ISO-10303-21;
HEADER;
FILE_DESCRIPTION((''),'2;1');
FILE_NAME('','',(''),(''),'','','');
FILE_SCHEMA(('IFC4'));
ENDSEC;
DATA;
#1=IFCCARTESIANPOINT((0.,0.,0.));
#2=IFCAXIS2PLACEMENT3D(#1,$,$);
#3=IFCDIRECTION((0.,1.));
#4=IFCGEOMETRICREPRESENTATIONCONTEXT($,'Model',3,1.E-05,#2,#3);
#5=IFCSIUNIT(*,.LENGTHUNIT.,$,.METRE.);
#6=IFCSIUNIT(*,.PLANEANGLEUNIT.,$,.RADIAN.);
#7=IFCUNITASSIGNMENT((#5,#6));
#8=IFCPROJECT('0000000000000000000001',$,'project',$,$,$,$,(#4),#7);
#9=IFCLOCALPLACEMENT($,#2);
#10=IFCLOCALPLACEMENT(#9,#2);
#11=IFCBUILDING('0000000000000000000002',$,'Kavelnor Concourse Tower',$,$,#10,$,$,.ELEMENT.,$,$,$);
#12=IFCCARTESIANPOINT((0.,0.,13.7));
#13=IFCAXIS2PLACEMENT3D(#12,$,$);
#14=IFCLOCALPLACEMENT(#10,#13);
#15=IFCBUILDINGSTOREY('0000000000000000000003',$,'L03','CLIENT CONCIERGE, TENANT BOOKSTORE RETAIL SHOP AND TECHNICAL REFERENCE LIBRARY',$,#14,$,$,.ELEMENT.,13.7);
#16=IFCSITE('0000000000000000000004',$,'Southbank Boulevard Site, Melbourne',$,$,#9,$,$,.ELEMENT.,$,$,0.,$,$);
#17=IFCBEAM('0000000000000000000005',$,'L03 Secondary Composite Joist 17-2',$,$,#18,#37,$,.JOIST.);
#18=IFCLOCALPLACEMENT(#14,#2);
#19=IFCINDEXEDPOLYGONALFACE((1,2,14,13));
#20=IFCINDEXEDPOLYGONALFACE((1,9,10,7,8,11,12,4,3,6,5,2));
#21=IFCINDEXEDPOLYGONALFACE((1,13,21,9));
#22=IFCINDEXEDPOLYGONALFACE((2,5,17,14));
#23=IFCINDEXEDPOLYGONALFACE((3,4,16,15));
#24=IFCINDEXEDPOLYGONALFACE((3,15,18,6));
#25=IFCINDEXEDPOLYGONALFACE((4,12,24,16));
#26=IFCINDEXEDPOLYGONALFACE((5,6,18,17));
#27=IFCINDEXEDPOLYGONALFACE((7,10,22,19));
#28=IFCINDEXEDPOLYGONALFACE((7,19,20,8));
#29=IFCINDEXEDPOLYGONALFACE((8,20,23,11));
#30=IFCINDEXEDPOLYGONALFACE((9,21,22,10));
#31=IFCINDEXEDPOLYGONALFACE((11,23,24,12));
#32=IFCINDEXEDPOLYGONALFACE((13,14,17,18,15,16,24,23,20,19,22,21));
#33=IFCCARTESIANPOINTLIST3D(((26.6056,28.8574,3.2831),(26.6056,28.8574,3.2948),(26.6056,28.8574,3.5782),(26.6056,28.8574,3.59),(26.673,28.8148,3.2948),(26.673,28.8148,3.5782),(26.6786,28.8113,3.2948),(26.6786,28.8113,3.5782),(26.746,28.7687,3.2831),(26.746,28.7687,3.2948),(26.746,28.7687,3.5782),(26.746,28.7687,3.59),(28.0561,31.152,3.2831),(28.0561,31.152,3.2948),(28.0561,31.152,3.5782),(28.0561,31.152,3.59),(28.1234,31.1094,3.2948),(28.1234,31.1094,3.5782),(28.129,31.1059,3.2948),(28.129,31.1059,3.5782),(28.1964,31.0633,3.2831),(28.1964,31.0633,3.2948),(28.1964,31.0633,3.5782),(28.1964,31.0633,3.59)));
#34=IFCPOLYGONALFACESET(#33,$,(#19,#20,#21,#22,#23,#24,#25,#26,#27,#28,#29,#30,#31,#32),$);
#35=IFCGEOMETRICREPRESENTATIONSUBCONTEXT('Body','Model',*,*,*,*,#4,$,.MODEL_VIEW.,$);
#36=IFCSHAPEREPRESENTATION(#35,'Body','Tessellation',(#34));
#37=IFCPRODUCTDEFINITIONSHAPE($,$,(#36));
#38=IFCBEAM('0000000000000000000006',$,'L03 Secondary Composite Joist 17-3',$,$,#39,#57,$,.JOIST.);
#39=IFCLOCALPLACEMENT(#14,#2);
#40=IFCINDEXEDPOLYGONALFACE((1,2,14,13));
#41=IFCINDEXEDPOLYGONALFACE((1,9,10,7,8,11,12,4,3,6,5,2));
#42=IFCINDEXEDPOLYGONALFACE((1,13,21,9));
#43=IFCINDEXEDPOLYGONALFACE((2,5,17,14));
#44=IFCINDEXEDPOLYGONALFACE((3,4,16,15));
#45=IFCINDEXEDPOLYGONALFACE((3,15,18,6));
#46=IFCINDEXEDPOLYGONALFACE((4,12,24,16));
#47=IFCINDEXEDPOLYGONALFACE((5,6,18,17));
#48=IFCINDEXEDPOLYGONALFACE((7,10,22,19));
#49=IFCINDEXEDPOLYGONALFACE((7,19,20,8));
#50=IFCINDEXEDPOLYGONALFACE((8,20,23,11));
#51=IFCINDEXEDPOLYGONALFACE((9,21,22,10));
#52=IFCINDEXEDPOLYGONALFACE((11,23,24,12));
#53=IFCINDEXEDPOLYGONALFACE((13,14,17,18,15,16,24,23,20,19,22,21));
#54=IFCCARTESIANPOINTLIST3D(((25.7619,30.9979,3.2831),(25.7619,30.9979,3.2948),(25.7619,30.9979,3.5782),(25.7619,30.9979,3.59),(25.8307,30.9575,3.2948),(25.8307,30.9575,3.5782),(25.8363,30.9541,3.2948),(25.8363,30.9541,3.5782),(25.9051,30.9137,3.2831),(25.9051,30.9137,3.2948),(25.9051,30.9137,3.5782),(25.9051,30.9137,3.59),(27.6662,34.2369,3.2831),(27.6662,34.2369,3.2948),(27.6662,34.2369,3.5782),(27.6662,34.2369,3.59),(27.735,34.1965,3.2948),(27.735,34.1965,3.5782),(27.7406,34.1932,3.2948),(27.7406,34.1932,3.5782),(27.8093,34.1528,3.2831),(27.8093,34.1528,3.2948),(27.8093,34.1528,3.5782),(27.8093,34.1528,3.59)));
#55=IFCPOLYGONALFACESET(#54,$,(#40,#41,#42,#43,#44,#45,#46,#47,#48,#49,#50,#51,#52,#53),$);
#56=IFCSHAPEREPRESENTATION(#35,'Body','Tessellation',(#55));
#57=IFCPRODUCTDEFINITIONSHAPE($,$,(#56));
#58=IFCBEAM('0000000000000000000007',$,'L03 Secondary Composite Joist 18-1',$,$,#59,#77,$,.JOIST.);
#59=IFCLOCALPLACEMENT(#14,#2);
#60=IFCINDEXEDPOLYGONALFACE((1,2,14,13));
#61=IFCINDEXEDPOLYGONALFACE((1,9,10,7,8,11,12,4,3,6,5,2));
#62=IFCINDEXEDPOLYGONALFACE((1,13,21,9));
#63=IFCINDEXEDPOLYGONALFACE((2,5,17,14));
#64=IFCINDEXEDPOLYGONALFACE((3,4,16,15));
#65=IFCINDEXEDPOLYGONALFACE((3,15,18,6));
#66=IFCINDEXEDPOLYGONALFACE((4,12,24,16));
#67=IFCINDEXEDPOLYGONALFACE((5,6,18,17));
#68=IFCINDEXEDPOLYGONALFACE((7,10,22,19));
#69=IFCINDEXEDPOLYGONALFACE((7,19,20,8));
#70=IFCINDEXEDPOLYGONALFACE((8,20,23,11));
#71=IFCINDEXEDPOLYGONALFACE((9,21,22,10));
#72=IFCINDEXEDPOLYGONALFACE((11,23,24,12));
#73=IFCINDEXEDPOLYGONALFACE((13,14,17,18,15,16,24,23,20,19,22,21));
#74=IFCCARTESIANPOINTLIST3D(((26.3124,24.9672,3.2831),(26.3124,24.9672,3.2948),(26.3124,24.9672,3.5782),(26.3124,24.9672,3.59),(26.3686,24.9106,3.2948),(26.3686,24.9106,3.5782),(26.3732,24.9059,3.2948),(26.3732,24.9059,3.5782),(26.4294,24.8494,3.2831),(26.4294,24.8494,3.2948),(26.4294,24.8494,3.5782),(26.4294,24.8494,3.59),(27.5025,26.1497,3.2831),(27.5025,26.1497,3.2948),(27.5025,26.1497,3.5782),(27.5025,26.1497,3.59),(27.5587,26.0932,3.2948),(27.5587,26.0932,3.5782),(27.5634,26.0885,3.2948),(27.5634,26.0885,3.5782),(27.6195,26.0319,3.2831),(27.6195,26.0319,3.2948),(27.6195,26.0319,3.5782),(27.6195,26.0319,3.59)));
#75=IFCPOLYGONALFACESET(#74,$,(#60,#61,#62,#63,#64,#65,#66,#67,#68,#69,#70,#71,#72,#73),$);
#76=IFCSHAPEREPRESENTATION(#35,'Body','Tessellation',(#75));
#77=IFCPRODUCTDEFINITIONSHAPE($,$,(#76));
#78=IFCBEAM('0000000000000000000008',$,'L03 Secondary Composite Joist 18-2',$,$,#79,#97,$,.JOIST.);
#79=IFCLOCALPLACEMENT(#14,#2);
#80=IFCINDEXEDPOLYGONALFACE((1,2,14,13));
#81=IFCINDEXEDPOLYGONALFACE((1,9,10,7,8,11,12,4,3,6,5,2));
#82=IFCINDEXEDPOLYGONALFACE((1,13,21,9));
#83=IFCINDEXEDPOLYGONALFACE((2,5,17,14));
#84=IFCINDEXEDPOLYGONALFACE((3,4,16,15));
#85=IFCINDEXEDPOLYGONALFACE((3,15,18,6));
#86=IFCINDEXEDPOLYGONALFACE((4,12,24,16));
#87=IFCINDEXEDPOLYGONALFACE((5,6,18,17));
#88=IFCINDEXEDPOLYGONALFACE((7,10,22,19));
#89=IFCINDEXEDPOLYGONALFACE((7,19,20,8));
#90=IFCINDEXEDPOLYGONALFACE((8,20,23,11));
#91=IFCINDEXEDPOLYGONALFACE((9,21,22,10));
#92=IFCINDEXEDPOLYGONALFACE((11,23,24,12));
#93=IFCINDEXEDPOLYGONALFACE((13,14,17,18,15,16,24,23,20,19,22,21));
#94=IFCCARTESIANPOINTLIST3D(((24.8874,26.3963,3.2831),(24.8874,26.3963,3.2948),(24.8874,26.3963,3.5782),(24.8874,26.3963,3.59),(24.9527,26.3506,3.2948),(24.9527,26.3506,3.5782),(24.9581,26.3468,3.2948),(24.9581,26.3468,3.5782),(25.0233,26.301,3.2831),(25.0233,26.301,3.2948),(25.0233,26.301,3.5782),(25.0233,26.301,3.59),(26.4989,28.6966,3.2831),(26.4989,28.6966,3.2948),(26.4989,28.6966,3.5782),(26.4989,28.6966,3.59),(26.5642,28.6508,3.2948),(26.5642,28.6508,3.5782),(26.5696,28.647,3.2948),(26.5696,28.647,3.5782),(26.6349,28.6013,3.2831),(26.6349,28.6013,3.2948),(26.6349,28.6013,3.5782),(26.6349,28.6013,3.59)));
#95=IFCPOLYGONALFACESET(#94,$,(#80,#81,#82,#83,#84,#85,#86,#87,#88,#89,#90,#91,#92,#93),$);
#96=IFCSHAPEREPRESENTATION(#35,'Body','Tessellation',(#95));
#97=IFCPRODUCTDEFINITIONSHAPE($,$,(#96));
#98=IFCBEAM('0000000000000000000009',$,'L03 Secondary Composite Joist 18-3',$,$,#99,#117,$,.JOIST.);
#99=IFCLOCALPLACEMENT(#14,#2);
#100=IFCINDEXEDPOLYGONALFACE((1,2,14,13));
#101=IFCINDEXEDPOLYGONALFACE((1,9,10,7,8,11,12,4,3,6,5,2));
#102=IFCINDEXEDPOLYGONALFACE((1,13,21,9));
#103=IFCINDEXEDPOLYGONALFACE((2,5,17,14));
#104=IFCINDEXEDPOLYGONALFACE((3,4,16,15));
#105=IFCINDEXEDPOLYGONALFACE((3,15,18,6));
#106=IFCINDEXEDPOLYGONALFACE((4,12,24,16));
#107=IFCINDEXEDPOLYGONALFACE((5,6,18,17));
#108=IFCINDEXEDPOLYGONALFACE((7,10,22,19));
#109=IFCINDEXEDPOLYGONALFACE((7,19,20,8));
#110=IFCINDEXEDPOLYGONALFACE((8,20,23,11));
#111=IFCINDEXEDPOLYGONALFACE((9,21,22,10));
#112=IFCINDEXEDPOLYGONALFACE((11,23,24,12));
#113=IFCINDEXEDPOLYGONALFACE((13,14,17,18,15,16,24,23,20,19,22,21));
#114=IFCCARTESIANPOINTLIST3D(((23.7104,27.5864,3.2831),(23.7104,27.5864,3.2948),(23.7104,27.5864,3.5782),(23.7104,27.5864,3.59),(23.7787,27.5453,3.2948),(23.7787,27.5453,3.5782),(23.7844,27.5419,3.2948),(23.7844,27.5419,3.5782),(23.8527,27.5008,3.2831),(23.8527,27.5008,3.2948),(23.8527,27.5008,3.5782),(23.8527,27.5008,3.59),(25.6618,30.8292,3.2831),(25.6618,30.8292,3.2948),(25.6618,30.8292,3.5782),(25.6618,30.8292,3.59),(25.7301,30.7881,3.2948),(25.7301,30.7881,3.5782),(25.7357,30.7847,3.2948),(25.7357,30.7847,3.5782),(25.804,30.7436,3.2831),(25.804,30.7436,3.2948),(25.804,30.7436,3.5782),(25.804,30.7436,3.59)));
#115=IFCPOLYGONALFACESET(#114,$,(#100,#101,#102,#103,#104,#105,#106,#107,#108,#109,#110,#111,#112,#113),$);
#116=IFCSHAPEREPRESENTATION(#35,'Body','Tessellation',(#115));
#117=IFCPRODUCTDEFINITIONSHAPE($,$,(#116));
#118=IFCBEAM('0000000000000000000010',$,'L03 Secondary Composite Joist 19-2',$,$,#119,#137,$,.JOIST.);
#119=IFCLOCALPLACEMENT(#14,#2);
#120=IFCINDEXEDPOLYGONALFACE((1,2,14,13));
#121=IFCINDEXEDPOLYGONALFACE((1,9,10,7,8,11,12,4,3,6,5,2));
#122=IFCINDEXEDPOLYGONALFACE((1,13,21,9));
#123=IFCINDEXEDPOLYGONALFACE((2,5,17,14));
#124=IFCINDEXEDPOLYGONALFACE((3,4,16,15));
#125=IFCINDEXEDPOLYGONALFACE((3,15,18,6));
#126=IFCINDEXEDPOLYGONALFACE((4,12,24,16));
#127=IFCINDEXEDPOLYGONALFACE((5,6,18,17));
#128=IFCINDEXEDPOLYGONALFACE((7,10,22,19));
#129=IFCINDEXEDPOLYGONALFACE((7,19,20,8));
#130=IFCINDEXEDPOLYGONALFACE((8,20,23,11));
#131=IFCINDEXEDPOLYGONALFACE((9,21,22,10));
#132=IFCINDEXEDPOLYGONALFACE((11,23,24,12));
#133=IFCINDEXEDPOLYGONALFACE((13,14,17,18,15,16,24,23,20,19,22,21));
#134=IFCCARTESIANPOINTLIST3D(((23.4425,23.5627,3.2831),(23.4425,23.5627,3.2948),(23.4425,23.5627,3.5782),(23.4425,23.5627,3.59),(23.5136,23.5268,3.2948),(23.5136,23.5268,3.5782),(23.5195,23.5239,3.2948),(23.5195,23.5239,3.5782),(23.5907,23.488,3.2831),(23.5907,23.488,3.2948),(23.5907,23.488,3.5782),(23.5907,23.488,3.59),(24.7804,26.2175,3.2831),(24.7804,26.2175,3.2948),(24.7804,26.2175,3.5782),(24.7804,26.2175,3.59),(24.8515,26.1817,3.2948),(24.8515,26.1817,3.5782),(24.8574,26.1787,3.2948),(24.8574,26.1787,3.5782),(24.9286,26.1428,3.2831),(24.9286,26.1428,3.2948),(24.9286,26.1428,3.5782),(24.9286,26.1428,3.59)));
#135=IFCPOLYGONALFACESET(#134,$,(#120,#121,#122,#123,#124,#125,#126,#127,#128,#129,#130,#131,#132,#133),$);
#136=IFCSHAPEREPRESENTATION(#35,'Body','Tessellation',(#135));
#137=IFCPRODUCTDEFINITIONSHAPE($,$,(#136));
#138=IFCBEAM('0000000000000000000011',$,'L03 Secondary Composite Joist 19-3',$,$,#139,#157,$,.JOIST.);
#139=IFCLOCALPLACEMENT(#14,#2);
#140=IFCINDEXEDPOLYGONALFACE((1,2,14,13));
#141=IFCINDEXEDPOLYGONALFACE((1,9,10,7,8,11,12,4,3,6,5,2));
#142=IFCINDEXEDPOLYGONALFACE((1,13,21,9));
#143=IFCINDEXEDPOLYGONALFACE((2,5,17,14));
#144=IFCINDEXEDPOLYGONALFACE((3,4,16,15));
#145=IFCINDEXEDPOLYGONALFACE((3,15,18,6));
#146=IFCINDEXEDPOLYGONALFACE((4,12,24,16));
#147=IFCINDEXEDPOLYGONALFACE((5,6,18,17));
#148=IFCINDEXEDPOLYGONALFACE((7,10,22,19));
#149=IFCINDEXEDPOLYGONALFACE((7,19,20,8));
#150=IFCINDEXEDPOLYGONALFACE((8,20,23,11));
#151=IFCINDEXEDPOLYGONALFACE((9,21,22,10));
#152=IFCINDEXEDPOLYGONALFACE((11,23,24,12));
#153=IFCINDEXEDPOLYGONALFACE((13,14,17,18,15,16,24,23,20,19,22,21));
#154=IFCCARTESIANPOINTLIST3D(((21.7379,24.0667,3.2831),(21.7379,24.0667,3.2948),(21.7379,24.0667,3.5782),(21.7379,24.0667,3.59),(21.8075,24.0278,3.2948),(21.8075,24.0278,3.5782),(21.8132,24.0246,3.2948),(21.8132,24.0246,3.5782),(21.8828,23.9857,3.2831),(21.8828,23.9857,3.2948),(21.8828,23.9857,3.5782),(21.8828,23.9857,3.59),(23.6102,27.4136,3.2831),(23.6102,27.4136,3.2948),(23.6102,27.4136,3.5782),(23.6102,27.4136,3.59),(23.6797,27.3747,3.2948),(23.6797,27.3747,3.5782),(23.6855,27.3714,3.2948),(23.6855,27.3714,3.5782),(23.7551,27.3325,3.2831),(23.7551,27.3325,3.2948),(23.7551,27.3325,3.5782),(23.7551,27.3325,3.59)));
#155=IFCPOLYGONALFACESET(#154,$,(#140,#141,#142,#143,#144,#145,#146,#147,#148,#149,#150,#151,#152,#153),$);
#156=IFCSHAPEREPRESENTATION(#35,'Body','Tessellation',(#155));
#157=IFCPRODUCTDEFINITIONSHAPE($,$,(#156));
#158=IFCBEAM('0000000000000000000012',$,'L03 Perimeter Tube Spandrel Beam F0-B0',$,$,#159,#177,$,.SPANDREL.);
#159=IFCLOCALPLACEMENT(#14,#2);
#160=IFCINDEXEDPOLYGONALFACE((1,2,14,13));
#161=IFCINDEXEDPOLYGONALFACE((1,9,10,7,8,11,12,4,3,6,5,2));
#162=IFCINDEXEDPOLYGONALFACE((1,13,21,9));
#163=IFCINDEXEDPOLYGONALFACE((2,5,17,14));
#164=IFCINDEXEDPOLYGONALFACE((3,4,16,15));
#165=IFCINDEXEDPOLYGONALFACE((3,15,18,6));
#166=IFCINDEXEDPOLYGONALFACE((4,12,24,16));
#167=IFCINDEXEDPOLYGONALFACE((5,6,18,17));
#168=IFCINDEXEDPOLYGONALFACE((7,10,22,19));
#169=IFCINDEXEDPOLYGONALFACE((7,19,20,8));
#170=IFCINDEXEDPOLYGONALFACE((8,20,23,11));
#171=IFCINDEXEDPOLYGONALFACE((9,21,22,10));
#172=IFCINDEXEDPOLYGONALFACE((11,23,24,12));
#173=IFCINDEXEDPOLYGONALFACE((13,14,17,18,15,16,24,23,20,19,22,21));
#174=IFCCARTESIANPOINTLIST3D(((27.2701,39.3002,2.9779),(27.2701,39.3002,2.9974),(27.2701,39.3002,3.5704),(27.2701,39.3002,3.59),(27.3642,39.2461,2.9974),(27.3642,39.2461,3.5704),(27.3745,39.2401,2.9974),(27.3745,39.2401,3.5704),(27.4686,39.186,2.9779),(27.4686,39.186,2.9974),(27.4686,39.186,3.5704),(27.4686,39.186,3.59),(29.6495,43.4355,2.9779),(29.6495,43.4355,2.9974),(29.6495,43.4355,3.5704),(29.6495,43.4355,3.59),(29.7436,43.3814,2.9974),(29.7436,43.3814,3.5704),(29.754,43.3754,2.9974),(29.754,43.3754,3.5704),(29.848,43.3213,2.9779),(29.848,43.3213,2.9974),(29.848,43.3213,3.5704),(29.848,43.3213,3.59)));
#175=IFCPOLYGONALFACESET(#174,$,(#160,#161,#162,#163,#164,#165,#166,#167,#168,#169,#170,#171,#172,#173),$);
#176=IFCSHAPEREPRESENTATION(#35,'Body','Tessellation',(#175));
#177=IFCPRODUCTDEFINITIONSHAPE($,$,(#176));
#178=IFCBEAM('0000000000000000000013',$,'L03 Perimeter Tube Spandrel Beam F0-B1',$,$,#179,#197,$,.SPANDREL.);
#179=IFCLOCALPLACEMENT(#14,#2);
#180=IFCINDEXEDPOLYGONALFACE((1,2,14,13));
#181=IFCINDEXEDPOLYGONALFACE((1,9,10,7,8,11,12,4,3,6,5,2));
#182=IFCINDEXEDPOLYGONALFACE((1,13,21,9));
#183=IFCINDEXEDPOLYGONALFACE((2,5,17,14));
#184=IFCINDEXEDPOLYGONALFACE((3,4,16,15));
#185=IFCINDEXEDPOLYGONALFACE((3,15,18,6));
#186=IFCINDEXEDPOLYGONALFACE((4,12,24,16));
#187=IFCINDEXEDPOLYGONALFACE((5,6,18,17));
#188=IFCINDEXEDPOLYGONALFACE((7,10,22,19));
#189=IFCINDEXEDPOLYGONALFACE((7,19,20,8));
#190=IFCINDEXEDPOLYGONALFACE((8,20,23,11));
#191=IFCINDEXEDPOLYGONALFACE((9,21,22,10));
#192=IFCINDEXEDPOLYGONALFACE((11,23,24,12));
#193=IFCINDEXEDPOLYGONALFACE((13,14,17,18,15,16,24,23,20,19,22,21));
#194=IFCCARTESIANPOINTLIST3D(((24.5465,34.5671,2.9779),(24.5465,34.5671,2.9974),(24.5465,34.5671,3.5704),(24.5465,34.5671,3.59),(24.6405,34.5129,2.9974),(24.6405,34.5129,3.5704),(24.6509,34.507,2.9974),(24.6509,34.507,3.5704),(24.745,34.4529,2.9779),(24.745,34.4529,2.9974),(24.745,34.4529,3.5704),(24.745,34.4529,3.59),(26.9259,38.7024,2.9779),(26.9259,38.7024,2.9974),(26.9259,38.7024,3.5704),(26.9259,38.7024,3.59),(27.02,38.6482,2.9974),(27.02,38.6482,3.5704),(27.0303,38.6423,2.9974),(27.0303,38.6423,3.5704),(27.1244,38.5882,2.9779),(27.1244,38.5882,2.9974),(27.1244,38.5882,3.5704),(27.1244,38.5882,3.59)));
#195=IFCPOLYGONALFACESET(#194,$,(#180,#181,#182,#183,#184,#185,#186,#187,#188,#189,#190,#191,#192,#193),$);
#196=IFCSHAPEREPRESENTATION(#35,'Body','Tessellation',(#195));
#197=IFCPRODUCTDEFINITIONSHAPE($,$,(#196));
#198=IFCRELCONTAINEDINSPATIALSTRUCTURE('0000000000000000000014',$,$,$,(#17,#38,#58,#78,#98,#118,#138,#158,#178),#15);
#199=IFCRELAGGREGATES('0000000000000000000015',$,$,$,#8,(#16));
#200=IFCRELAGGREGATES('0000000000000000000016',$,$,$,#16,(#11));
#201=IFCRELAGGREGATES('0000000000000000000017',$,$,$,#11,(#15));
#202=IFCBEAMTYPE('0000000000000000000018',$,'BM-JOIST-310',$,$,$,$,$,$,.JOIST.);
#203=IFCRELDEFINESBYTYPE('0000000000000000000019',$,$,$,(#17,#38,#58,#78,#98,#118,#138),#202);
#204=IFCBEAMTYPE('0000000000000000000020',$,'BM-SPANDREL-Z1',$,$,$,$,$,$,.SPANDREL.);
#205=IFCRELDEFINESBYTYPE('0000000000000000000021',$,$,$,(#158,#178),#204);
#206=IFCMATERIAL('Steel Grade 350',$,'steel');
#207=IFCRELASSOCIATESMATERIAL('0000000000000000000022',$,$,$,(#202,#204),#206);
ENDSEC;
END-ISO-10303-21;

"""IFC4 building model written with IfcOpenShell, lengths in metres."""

from ifc_helpers import new_model, si_unit, direction, frame, origin, origin_2d, place, context, subcontext, project, spatial, i_section, extrude, material, material_profile, profile_set, type_object, element, save


model = new_model("IFC4")

# Units and contexts
model_context = context("Model", 3, precision=1e-05, world=origin(), true_north=direction((0.0, 1.0)))
body_context = subcontext(model_context, "Body", "Model", "MODEL_VIEW")
ifc_project = project(units=[si_unit("LENGTHUNIT", "METRE"), si_unit("PLANEANGLEUNIT", "RADIAN")], contexts=[model_context])

# Site, building, storey
site_placement = place(None, origin())
site = spatial("IfcSite", under=ifc_project, at=site_placement, Name="Southbank Boulevard Site, Melbourne", CompositionType="ELEMENT", RefElevation=0.0)
building_placement = place(site_placement, origin())
building = spatial("IfcBuilding", under=site, at=building_placement, Name="Kavelnor Concourse Tower", CompositionType="ELEMENT")
storey_placement = place(building_placement, frame((0.0, 0.0, 13.7)))
storey = spatial("IfcBuildingStorey", under=building, at=storey_placement, Name="L03", Description="CLIENT CONCIERGE, TENANT BOOKSTORE RETAIL SHOP AND TECHNICAL REFERENCE LIBRARY", CompositionType="ELEMENT", Elevation=13.7)

# Shared definitions
ifc_material_1 = material(Name="Steel Grade 350", Category="steel")

# Beams
ifc_material_profile_1 = material_profile(ifc_material_1, i_section(OverallWidth=0.166, OverallDepth=0.3069, WebThickness=0.0066, FlangeThickness=0.0117, at=origin_2d()), Name="310UB46")
ifc_profile_set_1 = profile_set([ifc_material_profile_1], Name="Steel Grade 350")
beam_type_1 = type_object("IfcBeamType", Name="BM-JOIST-310", PredefinedType="JOIST", material=ifc_profile_set_1)
beam_1_placement = place(storey_placement, frame((28.1262, 31.1077, 3.4365), z_axis=(-0.534301, -0.845294, 0.0), x_axis=(0.845294, -0.534301, 0.0)))
element("IfcBeam", 1, at=beam_1_placement, inside=storey, type_object=beam_type_1, Name="L03 Secondary Composite Joist 17-2", PredefinedType="JOIST", context=body_context, shape_type="SweptSolid", body=[
    extrude(i_section(OverallWidth=0.166, OverallDepth=0.3069, WebThickness=0.0066, FlangeThickness=0.0117, at=origin_2d()), origin(), (0.0, 0.0, 1.0), 2.7146),
])
beam_2_placement = place(storey_placement, frame((27.7378, 34.1948, 3.4365), z_axis=(-0.506821, -0.862051, 0.0), x_axis=(0.862051, -0.506821, 0.0)))
element("IfcBeam", 2, at=beam_2_placement, inside=storey, type_object=beam_type_1, Name="L03 Secondary Composite Joist 17-3", PredefinedType="JOIST", context=body_context, shape_type="SweptSolid", body=[
    extrude(i_section(OverallWidth=0.166, OverallDepth=0.3069, WebThickness=0.0066, FlangeThickness=0.0117, at=origin_2d()), origin(), (0.0, 0.0, 1.0), 3.7573),
])
beam_3_placement = place(storey_placement, frame((27.561, 26.0908, 3.4365), z_axis=(-0.709359, -0.704848, 0.0), x_axis=(0.704848, -0.709359, 0.0)))
element("IfcBeam", 3, at=beam_3_placement, inside=storey, type_object=beam_type_1, Name="L03 Secondary Composite Joist 18-1", PredefinedType="JOIST", context=body_context, shape_type="SweptSolid", body=[
    extrude(i_section(OverallWidth=0.166, OverallDepth=0.3069, WebThickness=0.0066, FlangeThickness=0.0117, at=origin_2d()), origin(), (0.0, 0.0, 1.0), 1.6777),
])
beam_4_placement = place(storey_placement, frame((26.5669, 28.6489, 3.4365), z_axis=(-0.573789, -0.819003, 0.0), x_axis=(0.819003, -0.573789, 0.0)))
element("IfcBeam", 4, at=beam_4_placement, inside=storey, type_object=beam_type_1, Name="L03 Secondary Composite Joist 18-2", PredefinedType="JOIST", context=body_context, shape_type="SweptSolid", body=[
    extrude(i_section(OverallWidth=0.166, OverallDepth=0.3069, WebThickness=0.0066, FlangeThickness=0.0117, at=origin_2d()), origin(), (0.0, 0.0, 1.0), 2.8086),
])
beam_5_placement = place(storey_placement, frame((25.7329, 30.7864, 3.4365), z_axis=(-0.515596, -0.856832, 0.0), x_axis=(0.856832, -0.515596, 0.0)))
element("IfcBeam", 5, at=beam_5_placement, inside=storey, type_object=beam_type_1, Name="L03 Secondary Composite Joist 18-3", PredefinedType="JOIST", context=body_context, shape_type="SweptSolid", body=[
    extrude(i_section(OverallWidth=0.166, OverallDepth=0.3069, WebThickness=0.0066, FlangeThickness=0.0117, at=origin_2d()), origin(), (0.0, 0.0, 1.0), 3.7847),
])
beam_6_placement = place(storey_placement, frame((24.8545, 26.1802, 3.4365), z_axis=(-0.450036, -0.89301, 0.0), x_axis=(0.89301, -0.450036, 0.0)))
element("IfcBeam", 6, at=beam_6_placement, inside=storey, type_object=beam_type_1, Name="L03 Secondary Composite Joist 19-2", PredefinedType="JOIST", context=body_context, shape_type="SweptSolid", body=[
    extrude(i_section(OverallWidth=0.166, OverallDepth=0.3069, WebThickness=0.0066, FlangeThickness=0.0117, at=origin_2d()), origin(), (0.0, 0.0, 1.0), 2.9729),
])
beam_7_placement = place(storey_placement, frame((23.6826, 27.373, 3.4365), z_axis=(-0.488214, -0.872724, 0.0), x_axis=(0.872724, -0.488214, 0.0)))
element("IfcBeam", 7, at=beam_7_placement, inside=storey, type_object=beam_type_1, Name="L03 Secondary Composite Joist 19-3", PredefinedType="JOIST", context=body_context, shape_type="SweptSolid", body=[
    extrude(i_section(OverallWidth=0.166, OverallDepth=0.3069, WebThickness=0.0066, FlangeThickness=0.0117, at=origin_2d()), origin(), (0.0, 0.0, 1.0), 3.835),
])
ifc_material_profile_2 = material_profile(ifc_material_1, i_section(OverallWidth=0.229, OverallDepth=0.6121, WebThickness=0.012, FlangeThickness=0.0195, at=origin_2d()), Name="610UB125")
ifc_profile_set_2 = profile_set([ifc_material_profile_2], Name="Steel Grade 350")
beam_type_2 = type_object("IfcBeamType", Name="BM-SPANDREL-Z1", PredefinedType="SPANDREL", material=ifc_profile_set_2)
for number, where, z_axis, x_axis, name in (
    (8, (29.7488, 43.3784, 3.2839), (-0.498727, -0.866759, 0.0), (0.866759, -0.498727, 0.0), "L03 Perimeter Tube Spandrel Beam F0-B0"),
    (9, (27.0251, 38.6453, 3.2839), (-0.498727, -0.866759, 0.0), (0.866759, -0.498727, 0.0), "L03 Perimeter Tube Spandrel Beam F0-B1"),
):
    element("IfcBeam", number, at=place(storey_placement, frame(where, z_axis=z_axis, x_axis=x_axis)), inside=storey, type_object=beam_type_2, Name=name, PredefinedType="SPANDREL", context=body_context, shape_type="SweptSolid", body=[
        extrude(i_section(OverallWidth=0.229, OverallDepth=0.6121, WebThickness=0.012, FlangeThickness=0.0195, at=origin_2d()), origin(), (0.0, 0.0, 1.0), 4.771),
    ])

save(model, "model.ifc")
